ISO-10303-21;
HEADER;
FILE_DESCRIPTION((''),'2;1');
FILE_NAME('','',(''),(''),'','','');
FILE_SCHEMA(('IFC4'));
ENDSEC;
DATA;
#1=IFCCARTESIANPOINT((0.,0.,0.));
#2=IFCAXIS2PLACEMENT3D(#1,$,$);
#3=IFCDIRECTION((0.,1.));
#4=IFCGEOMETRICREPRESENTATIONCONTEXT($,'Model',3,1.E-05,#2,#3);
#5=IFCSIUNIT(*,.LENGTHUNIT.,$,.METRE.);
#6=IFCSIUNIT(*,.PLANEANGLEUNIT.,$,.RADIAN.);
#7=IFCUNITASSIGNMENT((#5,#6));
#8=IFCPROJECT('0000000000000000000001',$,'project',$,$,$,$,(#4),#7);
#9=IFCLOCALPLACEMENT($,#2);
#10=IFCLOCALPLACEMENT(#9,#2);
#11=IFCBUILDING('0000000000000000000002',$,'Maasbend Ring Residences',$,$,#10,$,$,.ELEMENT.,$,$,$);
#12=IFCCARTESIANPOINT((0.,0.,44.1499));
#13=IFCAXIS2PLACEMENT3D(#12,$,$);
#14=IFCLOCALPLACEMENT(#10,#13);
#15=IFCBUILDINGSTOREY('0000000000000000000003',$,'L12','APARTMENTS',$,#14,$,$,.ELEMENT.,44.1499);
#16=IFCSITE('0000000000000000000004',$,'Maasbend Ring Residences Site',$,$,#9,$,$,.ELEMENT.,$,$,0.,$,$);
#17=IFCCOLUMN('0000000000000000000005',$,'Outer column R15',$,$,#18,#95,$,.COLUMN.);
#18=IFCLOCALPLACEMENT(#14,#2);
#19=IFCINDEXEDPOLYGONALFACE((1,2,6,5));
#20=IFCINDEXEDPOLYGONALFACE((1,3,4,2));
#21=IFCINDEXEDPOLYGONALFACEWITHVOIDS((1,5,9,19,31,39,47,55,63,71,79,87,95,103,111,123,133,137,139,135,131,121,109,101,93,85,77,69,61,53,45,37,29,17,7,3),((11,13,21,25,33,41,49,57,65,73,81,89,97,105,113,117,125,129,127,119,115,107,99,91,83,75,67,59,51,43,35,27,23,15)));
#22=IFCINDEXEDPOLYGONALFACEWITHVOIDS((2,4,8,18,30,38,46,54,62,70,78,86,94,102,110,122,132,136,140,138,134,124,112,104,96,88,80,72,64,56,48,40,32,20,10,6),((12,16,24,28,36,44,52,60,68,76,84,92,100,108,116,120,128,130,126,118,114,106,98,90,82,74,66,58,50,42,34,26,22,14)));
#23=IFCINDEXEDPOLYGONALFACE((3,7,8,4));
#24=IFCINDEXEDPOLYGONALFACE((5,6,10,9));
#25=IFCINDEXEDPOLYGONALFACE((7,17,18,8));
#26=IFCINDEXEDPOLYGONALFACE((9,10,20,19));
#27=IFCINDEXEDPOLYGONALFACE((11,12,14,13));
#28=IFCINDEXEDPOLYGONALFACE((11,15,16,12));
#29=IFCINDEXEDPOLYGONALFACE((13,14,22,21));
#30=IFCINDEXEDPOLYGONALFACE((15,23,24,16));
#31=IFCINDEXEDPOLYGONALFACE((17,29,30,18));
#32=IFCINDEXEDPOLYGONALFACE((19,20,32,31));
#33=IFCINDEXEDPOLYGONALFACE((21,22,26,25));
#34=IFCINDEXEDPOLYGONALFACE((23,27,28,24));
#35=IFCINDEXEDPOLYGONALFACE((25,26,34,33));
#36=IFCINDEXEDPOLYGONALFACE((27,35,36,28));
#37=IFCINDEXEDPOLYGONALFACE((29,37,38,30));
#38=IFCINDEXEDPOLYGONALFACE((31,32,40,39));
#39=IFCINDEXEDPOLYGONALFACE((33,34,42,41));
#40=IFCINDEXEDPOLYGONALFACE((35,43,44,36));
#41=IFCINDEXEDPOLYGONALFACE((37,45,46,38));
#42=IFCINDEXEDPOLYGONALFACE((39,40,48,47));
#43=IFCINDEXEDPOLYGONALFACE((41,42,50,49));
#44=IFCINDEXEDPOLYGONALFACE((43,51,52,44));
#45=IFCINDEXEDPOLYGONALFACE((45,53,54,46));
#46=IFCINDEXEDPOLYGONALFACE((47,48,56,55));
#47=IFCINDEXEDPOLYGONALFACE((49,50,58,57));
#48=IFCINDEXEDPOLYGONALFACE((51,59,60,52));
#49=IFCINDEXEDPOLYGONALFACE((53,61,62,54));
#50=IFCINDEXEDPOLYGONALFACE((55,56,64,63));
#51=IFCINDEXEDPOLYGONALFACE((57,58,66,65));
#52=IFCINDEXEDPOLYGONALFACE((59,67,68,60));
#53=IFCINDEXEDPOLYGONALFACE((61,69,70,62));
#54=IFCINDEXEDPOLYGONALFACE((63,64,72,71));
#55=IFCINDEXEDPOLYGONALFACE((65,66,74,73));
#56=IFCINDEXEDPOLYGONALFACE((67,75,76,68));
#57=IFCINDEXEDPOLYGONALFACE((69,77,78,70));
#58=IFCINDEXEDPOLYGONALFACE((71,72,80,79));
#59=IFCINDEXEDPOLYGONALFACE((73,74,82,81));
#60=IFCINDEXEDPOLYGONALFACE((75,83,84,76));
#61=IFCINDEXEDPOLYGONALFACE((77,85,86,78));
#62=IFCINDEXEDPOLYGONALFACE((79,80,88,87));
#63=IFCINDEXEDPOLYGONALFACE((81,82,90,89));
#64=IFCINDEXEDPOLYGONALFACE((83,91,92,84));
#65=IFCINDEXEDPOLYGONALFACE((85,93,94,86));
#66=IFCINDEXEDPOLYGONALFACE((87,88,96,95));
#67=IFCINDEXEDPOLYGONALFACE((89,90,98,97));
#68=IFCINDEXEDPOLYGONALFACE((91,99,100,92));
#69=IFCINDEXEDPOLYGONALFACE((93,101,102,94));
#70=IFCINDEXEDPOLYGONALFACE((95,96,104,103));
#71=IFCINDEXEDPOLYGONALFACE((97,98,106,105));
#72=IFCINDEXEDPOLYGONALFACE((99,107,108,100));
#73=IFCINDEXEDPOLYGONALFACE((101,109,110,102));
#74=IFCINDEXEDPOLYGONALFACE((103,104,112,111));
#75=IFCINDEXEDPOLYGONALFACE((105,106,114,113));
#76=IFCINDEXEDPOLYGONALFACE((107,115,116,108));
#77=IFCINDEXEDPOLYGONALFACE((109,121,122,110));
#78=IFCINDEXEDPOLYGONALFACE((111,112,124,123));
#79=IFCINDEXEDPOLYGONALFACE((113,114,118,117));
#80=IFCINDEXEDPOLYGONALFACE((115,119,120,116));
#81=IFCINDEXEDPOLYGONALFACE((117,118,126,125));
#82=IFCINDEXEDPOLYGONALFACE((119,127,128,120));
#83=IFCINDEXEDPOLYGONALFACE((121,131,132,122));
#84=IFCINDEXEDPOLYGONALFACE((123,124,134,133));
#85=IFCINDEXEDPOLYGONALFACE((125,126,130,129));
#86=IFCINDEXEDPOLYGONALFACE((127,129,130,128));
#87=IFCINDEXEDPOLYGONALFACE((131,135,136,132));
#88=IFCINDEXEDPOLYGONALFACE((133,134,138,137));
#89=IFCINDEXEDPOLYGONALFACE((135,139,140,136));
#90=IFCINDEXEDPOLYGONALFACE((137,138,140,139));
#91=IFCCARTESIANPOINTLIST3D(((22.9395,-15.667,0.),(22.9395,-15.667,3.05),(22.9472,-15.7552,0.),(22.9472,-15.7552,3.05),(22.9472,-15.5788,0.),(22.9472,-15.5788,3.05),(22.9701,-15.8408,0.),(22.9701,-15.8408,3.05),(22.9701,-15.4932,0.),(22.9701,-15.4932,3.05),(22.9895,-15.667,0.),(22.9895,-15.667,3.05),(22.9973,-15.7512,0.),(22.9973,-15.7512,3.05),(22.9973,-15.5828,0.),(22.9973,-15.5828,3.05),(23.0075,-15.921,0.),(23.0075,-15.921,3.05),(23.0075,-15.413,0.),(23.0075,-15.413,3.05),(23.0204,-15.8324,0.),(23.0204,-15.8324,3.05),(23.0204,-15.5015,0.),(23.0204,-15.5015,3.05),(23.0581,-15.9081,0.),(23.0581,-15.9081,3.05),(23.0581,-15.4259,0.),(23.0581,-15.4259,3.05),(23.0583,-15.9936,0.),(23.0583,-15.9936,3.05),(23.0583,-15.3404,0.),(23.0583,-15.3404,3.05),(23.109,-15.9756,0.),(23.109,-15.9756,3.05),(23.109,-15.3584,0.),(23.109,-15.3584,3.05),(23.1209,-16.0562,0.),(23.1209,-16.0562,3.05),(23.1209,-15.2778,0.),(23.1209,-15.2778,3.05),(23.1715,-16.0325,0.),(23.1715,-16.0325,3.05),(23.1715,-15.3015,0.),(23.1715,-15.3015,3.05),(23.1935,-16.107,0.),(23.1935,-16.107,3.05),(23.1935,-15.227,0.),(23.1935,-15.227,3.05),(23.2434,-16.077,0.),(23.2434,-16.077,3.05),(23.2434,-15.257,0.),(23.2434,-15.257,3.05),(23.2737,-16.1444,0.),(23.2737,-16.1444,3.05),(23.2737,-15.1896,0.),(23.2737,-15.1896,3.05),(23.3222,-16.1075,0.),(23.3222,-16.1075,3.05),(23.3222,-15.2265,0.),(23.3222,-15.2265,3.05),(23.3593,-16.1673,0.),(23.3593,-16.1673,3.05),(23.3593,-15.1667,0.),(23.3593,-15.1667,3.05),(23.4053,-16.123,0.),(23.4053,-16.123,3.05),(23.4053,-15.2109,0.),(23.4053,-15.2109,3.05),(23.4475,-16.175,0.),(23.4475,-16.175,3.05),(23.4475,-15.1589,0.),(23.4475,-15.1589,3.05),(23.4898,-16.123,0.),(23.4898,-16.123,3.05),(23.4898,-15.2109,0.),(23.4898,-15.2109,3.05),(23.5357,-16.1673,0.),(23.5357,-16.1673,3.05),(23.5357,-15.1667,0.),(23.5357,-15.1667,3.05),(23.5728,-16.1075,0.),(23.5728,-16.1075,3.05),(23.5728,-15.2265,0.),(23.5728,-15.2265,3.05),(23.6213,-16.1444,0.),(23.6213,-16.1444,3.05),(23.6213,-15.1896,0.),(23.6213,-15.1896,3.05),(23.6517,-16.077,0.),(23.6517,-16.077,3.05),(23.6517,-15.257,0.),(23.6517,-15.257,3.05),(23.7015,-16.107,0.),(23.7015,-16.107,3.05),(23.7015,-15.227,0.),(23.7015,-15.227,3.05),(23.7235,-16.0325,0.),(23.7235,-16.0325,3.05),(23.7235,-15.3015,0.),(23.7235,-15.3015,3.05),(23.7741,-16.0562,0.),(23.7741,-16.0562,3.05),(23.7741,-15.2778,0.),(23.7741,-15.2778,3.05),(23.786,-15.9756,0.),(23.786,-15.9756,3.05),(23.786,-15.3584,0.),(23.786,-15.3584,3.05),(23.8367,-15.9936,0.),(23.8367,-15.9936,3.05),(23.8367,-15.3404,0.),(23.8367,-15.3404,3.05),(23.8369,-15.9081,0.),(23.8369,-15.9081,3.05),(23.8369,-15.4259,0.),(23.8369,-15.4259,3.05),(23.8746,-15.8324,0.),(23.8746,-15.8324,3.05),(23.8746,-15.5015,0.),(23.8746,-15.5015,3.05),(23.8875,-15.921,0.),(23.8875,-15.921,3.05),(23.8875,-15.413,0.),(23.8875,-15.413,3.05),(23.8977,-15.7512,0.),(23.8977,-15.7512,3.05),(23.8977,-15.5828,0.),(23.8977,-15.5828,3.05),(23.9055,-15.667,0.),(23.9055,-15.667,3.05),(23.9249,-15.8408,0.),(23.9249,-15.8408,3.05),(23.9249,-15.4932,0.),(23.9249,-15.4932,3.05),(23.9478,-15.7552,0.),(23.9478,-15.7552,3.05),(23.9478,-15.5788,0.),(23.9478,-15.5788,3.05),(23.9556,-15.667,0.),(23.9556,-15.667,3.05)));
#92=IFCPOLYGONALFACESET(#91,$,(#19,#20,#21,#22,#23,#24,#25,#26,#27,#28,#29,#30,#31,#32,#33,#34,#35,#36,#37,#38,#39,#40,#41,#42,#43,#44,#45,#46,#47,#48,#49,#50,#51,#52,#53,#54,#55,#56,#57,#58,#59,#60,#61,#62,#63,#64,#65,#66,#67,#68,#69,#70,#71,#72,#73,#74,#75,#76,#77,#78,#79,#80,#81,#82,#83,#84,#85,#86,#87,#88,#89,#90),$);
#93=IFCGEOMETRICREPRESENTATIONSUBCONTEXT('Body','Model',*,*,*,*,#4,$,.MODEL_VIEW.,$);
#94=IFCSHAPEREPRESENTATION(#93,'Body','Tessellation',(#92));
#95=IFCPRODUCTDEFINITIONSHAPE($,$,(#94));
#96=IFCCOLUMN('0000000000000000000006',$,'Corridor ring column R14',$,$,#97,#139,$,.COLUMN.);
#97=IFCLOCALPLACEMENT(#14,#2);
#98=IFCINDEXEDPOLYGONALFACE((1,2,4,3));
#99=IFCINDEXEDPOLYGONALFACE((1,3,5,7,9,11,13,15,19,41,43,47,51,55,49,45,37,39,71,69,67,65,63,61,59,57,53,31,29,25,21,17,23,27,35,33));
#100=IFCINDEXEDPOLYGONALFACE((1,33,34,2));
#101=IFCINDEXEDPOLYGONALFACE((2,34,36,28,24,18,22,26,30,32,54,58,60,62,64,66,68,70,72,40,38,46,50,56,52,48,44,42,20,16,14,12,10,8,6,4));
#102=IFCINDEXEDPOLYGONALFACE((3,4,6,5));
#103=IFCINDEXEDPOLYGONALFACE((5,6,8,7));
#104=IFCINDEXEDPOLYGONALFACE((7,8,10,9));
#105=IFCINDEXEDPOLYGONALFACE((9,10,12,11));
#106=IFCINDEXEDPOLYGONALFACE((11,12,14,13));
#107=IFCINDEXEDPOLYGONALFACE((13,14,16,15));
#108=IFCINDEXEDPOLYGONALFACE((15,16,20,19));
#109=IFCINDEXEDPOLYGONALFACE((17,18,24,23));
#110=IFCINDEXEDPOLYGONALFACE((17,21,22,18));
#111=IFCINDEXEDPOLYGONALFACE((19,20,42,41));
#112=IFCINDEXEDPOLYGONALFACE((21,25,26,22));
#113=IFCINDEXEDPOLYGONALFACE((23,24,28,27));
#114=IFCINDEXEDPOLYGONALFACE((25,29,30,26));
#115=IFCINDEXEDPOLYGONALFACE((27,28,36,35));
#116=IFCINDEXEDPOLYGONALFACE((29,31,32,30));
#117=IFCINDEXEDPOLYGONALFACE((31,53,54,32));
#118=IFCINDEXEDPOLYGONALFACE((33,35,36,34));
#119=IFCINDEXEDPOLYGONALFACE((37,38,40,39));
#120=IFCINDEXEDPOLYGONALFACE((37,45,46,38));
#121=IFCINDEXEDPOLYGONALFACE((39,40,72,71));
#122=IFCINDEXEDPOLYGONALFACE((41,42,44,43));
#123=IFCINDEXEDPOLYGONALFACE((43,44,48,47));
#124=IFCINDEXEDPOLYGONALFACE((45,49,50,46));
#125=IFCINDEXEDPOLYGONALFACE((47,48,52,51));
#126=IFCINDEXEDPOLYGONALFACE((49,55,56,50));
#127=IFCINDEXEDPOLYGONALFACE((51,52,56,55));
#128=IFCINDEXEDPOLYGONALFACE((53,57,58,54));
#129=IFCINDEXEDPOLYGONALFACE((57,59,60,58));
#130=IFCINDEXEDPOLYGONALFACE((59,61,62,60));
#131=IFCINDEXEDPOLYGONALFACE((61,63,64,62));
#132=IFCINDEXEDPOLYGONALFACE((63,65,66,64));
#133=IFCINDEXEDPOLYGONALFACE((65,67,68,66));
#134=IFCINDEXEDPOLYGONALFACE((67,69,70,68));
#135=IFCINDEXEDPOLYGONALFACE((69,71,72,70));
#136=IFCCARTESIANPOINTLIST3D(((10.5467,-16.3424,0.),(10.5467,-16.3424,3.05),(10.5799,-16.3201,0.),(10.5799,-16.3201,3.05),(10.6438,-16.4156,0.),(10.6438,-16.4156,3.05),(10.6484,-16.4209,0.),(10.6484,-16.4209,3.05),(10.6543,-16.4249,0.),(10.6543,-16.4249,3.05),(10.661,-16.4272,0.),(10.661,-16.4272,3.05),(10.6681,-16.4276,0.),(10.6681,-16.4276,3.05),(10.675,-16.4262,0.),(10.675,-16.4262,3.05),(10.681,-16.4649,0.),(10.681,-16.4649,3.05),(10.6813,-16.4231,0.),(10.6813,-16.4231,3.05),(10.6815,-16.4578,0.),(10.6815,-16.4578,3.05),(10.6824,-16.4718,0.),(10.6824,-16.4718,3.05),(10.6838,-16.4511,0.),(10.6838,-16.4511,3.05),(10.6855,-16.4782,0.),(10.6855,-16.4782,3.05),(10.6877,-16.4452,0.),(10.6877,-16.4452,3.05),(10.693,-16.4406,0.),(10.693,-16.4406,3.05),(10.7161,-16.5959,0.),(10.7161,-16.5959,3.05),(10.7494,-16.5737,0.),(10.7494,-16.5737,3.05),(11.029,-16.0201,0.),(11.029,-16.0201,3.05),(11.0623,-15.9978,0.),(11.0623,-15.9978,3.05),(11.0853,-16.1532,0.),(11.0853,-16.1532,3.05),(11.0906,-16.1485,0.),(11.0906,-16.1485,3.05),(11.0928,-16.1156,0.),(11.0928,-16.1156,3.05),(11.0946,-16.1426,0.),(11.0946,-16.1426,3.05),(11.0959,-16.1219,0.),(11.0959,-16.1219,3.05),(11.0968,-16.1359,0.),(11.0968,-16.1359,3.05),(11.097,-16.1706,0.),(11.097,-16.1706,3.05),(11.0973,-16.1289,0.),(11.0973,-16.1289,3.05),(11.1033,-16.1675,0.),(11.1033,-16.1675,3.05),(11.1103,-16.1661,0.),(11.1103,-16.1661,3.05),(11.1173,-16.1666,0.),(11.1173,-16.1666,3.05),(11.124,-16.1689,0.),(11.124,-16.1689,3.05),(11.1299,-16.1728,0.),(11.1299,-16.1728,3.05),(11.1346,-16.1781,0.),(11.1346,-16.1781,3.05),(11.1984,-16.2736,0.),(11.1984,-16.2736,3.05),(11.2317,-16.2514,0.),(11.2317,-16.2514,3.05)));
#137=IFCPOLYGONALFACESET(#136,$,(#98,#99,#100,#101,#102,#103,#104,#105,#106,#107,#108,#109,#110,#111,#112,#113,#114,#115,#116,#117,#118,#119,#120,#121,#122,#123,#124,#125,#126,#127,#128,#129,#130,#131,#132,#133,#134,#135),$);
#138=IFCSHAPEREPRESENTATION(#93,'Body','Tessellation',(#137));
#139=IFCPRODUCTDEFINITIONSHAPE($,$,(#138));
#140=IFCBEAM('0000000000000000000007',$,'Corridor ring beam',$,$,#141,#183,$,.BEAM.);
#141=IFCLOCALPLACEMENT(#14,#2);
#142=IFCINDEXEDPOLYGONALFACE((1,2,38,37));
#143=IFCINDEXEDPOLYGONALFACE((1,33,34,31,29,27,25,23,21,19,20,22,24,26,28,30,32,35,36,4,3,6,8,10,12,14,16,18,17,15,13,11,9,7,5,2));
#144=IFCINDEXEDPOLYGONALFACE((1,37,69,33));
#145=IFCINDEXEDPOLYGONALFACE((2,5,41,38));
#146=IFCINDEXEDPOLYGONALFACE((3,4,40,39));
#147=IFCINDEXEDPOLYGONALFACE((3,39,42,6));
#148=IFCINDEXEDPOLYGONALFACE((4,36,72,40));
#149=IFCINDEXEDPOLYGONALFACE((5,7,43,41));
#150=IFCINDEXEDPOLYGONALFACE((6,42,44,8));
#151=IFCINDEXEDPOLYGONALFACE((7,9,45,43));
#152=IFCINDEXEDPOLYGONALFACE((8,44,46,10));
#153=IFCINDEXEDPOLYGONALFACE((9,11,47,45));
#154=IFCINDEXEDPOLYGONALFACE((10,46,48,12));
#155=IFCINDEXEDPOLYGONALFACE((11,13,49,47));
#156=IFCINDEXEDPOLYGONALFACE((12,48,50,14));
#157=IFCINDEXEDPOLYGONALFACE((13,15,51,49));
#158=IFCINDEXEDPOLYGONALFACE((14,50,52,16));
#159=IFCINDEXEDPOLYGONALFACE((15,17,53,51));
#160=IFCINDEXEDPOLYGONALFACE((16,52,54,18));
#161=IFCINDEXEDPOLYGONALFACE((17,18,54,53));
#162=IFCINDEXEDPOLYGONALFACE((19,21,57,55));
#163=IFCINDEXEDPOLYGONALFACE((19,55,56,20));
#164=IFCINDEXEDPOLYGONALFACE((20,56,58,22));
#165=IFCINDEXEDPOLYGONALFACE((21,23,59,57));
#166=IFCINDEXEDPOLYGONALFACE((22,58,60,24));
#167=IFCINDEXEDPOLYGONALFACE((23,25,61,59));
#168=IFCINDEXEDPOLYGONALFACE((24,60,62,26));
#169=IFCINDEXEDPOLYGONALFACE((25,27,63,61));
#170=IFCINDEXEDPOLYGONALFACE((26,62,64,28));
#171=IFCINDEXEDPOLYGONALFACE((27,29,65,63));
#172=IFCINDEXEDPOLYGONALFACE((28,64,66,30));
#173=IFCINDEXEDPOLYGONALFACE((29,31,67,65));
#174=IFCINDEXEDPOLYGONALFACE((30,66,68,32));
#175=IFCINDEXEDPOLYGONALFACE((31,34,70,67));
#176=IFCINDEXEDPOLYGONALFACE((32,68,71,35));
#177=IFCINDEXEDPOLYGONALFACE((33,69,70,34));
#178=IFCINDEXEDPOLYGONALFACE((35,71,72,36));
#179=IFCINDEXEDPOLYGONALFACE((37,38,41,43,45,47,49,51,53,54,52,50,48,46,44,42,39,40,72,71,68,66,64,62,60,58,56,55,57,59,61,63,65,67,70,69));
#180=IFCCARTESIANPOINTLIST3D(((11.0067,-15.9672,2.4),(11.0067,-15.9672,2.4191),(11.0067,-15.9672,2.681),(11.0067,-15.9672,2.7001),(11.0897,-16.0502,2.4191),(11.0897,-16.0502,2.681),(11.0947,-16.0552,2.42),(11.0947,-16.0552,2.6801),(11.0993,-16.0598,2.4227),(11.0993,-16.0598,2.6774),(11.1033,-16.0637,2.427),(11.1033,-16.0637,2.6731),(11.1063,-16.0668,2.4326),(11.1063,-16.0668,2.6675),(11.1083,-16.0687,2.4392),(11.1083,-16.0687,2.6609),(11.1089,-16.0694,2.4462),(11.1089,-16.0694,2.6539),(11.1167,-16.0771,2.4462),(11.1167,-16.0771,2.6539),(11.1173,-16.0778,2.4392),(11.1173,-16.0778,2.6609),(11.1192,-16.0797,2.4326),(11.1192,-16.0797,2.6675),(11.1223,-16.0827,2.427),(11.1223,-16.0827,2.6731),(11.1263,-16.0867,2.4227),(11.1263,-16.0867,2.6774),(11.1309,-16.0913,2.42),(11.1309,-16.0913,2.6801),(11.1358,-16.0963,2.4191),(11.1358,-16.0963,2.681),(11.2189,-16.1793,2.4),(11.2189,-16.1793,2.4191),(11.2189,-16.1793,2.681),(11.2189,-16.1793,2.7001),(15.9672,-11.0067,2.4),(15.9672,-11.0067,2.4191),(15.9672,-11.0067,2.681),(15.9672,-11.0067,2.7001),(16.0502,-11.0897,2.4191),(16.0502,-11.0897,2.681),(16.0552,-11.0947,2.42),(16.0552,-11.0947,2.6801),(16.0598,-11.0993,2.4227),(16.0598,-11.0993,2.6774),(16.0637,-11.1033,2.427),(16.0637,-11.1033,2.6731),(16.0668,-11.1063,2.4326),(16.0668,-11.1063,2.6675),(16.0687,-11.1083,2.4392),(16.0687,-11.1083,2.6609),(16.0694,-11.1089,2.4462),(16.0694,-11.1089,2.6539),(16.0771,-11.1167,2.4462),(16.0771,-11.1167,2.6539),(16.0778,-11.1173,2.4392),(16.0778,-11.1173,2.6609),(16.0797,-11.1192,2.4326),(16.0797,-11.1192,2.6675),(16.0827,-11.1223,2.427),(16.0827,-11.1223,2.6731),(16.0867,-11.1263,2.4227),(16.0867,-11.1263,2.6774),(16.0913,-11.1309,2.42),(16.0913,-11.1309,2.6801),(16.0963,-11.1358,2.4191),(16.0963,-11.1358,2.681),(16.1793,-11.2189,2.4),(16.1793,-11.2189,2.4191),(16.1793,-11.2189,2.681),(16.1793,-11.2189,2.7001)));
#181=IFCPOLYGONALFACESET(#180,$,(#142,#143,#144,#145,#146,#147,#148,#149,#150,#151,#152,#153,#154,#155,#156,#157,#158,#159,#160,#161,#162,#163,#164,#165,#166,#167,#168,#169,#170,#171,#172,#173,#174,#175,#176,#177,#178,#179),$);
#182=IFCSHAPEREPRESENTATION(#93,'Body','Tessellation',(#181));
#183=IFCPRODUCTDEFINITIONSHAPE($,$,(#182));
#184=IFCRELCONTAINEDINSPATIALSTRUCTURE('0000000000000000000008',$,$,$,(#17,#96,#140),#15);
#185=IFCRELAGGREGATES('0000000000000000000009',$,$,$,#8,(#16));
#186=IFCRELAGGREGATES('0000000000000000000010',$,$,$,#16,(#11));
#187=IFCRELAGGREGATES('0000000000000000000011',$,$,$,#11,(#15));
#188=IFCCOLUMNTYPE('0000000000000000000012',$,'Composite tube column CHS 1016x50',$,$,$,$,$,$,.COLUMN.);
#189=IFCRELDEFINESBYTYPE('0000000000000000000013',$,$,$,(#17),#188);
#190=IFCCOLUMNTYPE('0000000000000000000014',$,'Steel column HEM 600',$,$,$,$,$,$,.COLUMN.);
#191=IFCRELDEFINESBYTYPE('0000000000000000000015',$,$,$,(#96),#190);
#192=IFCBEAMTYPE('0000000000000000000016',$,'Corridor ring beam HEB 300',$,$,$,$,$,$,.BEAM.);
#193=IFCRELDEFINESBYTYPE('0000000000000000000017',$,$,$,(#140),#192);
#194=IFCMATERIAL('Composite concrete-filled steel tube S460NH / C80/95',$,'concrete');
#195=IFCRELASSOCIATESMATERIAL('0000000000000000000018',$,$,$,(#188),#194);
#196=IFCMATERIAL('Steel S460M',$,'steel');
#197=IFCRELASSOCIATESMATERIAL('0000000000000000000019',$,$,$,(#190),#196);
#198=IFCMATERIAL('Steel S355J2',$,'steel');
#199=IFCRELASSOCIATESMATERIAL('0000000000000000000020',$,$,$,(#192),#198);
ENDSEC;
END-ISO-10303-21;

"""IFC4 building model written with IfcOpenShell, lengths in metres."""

from ifc_helpers import new_model, si_unit, direction, frame, origin, origin_2d, place, context, subcontext, project, spatial, hollow_circle, i_section, extrude, material, material_profile, profile_set, type_object, element, save


model = new_model("IFC4")

# Units and contexts
model_context = context("Model", 3, precision=1e-05, world=origin(), true_north=direction((0.0, 1.0)))
body_context = subcontext(model_context, "Body", "Model", "MODEL_VIEW")
ifc_project = project(units=[si_unit("LENGTHUNIT", "METRE"), si_unit("PLANEANGLEUNIT", "RADIAN")], contexts=[model_context])

# Site, building, storey
site_placement = place(None, origin())
site = spatial("IfcSite", under=ifc_project, at=site_placement, Name="Maasbend Ring Residences Site", CompositionType="ELEMENT", RefElevation=0.0)
building_placement = place(site_placement, origin())
building = spatial("IfcBuilding", under=site, at=building_placement, Name="Maasbend Ring Residences", CompositionType="ELEMENT")
storey_placement = place(building_placement, frame((0.0, 0.0, 44.1499)))
storey = spatial("IfcBuildingStorey", under=building, at=storey_placement, Name="L12", Description="APARTMENTS", CompositionType="ELEMENT", Elevation=44.1499)

# Columns
ifc_material_1 = material(Name="Composite concrete-filled steel tube S460NH / C80/95", Category="concrete")
ifc_material_profile_1 = material_profile(ifc_material_1, hollow_circle(Radius=0.5081, WallThickness=0.05, at=origin_2d()), Name="Composite tube column CHS 1016x50")
ifc_profile_set_1 = profile_set([ifc_material_profile_1], Name="Composite concrete-filled steel tube S460NH / C80/95")
column_type_1 = type_object("IfcColumnType", Name="Composite tube column CHS 1016x50", PredefinedType="COLUMN", material=ifc_profile_set_1)
column_1_placement = place(storey_placement, frame((23.4475, -15.667, 0.0), z_axis=(0.0, 0.0, 1.0), x_axis=(1.0, 0.0, 0.0)))
element("IfcColumn", 1, at=column_1_placement, inside=storey, type_object=column_type_1, Name="Outer column R15", PredefinedType="COLUMN", context=body_context, shape_type="SweptSolid", body=[
    extrude(hollow_circle(Radius=0.5081, WallThickness=0.05, at=origin_2d()), origin(), (0.0, 0.0, 1.0), 3.05),
])
ifc_material_2 = material(Name="Steel S460M", Category="steel")
ifc_material_profile_2 = material_profile(ifc_material_2, i_section(OverallWidth=0.3049, OverallDepth=0.6201, WebThickness=0.021, FlangeThickness=0.04, FilletRadius=0.0271, at=origin_2d()), Name="HEM 600")
ifc_profile_set_2 = profile_set([ifc_material_profile_2], Name="Steel S460M")
column_type_2 = type_object("IfcColumnType", Name="Steel column HEM 600", PredefinedType="COLUMN", material=ifc_profile_set_2)
column_2_placement = place(storey_placement, frame((10.8892, -16.2969, 0.0), z_axis=(0.0, 0.0, 1.0), x_axis=(0.55557, -0.83147, 0.0)))
element("IfcColumn", 2, at=column_2_placement, inside=storey, type_object=column_type_2, Name="Corridor ring column R14", PredefinedType="COLUMN", context=body_context, shape_type="SweptSolid", body=[
    extrude(i_section(OverallWidth=0.3049, OverallDepth=0.6201, WebThickness=0.021, FlangeThickness=0.04, FilletRadius=0.0271, at=origin_2d()), origin(), (0.0, 0.0, 1.0), 3.05),
])

# Beam
ifc_material_3 = material(Name="Steel S355J2", Category="steel")
ifc_material_profile_3 = material_profile(ifc_material_3, i_section(OverallWidth=0.3, OverallDepth=0.3, WebThickness=0.011, FlangeThickness=0.019, FilletRadius=0.0271, at=origin_2d()), Name="HEB 300")
ifc_profile_set_3 = profile_set([ifc_material_profile_3], Name="Steel S355J2")
beam_type = type_object("IfcBeamType", Name="Corridor ring beam HEB 300", PredefinedType="BEAM", material=ifc_profile_set_3)
beam_placement = place(storey_placement, frame((11.1128, -16.0732, 2.55), z_axis=(0.707107, 0.707107, 0.0), x_axis=(-0.707107, 0.707107, 0.0)))
element("IfcBeam", 3, at=beam_placement, inside=storey, type_object=beam_type, Name="Corridor ring beam", PredefinedType="BEAM", context=body_context, shape_type="SweptSolid", body=[
    extrude(i_section(OverallWidth=0.3, OverallDepth=0.3, WebThickness=0.011, FlangeThickness=0.019, FilletRadius=0.0271, at=origin_2d()), origin(), (0.0, 0.0, 1.0), 7.0151),
])

save(model, "model.ifc")
